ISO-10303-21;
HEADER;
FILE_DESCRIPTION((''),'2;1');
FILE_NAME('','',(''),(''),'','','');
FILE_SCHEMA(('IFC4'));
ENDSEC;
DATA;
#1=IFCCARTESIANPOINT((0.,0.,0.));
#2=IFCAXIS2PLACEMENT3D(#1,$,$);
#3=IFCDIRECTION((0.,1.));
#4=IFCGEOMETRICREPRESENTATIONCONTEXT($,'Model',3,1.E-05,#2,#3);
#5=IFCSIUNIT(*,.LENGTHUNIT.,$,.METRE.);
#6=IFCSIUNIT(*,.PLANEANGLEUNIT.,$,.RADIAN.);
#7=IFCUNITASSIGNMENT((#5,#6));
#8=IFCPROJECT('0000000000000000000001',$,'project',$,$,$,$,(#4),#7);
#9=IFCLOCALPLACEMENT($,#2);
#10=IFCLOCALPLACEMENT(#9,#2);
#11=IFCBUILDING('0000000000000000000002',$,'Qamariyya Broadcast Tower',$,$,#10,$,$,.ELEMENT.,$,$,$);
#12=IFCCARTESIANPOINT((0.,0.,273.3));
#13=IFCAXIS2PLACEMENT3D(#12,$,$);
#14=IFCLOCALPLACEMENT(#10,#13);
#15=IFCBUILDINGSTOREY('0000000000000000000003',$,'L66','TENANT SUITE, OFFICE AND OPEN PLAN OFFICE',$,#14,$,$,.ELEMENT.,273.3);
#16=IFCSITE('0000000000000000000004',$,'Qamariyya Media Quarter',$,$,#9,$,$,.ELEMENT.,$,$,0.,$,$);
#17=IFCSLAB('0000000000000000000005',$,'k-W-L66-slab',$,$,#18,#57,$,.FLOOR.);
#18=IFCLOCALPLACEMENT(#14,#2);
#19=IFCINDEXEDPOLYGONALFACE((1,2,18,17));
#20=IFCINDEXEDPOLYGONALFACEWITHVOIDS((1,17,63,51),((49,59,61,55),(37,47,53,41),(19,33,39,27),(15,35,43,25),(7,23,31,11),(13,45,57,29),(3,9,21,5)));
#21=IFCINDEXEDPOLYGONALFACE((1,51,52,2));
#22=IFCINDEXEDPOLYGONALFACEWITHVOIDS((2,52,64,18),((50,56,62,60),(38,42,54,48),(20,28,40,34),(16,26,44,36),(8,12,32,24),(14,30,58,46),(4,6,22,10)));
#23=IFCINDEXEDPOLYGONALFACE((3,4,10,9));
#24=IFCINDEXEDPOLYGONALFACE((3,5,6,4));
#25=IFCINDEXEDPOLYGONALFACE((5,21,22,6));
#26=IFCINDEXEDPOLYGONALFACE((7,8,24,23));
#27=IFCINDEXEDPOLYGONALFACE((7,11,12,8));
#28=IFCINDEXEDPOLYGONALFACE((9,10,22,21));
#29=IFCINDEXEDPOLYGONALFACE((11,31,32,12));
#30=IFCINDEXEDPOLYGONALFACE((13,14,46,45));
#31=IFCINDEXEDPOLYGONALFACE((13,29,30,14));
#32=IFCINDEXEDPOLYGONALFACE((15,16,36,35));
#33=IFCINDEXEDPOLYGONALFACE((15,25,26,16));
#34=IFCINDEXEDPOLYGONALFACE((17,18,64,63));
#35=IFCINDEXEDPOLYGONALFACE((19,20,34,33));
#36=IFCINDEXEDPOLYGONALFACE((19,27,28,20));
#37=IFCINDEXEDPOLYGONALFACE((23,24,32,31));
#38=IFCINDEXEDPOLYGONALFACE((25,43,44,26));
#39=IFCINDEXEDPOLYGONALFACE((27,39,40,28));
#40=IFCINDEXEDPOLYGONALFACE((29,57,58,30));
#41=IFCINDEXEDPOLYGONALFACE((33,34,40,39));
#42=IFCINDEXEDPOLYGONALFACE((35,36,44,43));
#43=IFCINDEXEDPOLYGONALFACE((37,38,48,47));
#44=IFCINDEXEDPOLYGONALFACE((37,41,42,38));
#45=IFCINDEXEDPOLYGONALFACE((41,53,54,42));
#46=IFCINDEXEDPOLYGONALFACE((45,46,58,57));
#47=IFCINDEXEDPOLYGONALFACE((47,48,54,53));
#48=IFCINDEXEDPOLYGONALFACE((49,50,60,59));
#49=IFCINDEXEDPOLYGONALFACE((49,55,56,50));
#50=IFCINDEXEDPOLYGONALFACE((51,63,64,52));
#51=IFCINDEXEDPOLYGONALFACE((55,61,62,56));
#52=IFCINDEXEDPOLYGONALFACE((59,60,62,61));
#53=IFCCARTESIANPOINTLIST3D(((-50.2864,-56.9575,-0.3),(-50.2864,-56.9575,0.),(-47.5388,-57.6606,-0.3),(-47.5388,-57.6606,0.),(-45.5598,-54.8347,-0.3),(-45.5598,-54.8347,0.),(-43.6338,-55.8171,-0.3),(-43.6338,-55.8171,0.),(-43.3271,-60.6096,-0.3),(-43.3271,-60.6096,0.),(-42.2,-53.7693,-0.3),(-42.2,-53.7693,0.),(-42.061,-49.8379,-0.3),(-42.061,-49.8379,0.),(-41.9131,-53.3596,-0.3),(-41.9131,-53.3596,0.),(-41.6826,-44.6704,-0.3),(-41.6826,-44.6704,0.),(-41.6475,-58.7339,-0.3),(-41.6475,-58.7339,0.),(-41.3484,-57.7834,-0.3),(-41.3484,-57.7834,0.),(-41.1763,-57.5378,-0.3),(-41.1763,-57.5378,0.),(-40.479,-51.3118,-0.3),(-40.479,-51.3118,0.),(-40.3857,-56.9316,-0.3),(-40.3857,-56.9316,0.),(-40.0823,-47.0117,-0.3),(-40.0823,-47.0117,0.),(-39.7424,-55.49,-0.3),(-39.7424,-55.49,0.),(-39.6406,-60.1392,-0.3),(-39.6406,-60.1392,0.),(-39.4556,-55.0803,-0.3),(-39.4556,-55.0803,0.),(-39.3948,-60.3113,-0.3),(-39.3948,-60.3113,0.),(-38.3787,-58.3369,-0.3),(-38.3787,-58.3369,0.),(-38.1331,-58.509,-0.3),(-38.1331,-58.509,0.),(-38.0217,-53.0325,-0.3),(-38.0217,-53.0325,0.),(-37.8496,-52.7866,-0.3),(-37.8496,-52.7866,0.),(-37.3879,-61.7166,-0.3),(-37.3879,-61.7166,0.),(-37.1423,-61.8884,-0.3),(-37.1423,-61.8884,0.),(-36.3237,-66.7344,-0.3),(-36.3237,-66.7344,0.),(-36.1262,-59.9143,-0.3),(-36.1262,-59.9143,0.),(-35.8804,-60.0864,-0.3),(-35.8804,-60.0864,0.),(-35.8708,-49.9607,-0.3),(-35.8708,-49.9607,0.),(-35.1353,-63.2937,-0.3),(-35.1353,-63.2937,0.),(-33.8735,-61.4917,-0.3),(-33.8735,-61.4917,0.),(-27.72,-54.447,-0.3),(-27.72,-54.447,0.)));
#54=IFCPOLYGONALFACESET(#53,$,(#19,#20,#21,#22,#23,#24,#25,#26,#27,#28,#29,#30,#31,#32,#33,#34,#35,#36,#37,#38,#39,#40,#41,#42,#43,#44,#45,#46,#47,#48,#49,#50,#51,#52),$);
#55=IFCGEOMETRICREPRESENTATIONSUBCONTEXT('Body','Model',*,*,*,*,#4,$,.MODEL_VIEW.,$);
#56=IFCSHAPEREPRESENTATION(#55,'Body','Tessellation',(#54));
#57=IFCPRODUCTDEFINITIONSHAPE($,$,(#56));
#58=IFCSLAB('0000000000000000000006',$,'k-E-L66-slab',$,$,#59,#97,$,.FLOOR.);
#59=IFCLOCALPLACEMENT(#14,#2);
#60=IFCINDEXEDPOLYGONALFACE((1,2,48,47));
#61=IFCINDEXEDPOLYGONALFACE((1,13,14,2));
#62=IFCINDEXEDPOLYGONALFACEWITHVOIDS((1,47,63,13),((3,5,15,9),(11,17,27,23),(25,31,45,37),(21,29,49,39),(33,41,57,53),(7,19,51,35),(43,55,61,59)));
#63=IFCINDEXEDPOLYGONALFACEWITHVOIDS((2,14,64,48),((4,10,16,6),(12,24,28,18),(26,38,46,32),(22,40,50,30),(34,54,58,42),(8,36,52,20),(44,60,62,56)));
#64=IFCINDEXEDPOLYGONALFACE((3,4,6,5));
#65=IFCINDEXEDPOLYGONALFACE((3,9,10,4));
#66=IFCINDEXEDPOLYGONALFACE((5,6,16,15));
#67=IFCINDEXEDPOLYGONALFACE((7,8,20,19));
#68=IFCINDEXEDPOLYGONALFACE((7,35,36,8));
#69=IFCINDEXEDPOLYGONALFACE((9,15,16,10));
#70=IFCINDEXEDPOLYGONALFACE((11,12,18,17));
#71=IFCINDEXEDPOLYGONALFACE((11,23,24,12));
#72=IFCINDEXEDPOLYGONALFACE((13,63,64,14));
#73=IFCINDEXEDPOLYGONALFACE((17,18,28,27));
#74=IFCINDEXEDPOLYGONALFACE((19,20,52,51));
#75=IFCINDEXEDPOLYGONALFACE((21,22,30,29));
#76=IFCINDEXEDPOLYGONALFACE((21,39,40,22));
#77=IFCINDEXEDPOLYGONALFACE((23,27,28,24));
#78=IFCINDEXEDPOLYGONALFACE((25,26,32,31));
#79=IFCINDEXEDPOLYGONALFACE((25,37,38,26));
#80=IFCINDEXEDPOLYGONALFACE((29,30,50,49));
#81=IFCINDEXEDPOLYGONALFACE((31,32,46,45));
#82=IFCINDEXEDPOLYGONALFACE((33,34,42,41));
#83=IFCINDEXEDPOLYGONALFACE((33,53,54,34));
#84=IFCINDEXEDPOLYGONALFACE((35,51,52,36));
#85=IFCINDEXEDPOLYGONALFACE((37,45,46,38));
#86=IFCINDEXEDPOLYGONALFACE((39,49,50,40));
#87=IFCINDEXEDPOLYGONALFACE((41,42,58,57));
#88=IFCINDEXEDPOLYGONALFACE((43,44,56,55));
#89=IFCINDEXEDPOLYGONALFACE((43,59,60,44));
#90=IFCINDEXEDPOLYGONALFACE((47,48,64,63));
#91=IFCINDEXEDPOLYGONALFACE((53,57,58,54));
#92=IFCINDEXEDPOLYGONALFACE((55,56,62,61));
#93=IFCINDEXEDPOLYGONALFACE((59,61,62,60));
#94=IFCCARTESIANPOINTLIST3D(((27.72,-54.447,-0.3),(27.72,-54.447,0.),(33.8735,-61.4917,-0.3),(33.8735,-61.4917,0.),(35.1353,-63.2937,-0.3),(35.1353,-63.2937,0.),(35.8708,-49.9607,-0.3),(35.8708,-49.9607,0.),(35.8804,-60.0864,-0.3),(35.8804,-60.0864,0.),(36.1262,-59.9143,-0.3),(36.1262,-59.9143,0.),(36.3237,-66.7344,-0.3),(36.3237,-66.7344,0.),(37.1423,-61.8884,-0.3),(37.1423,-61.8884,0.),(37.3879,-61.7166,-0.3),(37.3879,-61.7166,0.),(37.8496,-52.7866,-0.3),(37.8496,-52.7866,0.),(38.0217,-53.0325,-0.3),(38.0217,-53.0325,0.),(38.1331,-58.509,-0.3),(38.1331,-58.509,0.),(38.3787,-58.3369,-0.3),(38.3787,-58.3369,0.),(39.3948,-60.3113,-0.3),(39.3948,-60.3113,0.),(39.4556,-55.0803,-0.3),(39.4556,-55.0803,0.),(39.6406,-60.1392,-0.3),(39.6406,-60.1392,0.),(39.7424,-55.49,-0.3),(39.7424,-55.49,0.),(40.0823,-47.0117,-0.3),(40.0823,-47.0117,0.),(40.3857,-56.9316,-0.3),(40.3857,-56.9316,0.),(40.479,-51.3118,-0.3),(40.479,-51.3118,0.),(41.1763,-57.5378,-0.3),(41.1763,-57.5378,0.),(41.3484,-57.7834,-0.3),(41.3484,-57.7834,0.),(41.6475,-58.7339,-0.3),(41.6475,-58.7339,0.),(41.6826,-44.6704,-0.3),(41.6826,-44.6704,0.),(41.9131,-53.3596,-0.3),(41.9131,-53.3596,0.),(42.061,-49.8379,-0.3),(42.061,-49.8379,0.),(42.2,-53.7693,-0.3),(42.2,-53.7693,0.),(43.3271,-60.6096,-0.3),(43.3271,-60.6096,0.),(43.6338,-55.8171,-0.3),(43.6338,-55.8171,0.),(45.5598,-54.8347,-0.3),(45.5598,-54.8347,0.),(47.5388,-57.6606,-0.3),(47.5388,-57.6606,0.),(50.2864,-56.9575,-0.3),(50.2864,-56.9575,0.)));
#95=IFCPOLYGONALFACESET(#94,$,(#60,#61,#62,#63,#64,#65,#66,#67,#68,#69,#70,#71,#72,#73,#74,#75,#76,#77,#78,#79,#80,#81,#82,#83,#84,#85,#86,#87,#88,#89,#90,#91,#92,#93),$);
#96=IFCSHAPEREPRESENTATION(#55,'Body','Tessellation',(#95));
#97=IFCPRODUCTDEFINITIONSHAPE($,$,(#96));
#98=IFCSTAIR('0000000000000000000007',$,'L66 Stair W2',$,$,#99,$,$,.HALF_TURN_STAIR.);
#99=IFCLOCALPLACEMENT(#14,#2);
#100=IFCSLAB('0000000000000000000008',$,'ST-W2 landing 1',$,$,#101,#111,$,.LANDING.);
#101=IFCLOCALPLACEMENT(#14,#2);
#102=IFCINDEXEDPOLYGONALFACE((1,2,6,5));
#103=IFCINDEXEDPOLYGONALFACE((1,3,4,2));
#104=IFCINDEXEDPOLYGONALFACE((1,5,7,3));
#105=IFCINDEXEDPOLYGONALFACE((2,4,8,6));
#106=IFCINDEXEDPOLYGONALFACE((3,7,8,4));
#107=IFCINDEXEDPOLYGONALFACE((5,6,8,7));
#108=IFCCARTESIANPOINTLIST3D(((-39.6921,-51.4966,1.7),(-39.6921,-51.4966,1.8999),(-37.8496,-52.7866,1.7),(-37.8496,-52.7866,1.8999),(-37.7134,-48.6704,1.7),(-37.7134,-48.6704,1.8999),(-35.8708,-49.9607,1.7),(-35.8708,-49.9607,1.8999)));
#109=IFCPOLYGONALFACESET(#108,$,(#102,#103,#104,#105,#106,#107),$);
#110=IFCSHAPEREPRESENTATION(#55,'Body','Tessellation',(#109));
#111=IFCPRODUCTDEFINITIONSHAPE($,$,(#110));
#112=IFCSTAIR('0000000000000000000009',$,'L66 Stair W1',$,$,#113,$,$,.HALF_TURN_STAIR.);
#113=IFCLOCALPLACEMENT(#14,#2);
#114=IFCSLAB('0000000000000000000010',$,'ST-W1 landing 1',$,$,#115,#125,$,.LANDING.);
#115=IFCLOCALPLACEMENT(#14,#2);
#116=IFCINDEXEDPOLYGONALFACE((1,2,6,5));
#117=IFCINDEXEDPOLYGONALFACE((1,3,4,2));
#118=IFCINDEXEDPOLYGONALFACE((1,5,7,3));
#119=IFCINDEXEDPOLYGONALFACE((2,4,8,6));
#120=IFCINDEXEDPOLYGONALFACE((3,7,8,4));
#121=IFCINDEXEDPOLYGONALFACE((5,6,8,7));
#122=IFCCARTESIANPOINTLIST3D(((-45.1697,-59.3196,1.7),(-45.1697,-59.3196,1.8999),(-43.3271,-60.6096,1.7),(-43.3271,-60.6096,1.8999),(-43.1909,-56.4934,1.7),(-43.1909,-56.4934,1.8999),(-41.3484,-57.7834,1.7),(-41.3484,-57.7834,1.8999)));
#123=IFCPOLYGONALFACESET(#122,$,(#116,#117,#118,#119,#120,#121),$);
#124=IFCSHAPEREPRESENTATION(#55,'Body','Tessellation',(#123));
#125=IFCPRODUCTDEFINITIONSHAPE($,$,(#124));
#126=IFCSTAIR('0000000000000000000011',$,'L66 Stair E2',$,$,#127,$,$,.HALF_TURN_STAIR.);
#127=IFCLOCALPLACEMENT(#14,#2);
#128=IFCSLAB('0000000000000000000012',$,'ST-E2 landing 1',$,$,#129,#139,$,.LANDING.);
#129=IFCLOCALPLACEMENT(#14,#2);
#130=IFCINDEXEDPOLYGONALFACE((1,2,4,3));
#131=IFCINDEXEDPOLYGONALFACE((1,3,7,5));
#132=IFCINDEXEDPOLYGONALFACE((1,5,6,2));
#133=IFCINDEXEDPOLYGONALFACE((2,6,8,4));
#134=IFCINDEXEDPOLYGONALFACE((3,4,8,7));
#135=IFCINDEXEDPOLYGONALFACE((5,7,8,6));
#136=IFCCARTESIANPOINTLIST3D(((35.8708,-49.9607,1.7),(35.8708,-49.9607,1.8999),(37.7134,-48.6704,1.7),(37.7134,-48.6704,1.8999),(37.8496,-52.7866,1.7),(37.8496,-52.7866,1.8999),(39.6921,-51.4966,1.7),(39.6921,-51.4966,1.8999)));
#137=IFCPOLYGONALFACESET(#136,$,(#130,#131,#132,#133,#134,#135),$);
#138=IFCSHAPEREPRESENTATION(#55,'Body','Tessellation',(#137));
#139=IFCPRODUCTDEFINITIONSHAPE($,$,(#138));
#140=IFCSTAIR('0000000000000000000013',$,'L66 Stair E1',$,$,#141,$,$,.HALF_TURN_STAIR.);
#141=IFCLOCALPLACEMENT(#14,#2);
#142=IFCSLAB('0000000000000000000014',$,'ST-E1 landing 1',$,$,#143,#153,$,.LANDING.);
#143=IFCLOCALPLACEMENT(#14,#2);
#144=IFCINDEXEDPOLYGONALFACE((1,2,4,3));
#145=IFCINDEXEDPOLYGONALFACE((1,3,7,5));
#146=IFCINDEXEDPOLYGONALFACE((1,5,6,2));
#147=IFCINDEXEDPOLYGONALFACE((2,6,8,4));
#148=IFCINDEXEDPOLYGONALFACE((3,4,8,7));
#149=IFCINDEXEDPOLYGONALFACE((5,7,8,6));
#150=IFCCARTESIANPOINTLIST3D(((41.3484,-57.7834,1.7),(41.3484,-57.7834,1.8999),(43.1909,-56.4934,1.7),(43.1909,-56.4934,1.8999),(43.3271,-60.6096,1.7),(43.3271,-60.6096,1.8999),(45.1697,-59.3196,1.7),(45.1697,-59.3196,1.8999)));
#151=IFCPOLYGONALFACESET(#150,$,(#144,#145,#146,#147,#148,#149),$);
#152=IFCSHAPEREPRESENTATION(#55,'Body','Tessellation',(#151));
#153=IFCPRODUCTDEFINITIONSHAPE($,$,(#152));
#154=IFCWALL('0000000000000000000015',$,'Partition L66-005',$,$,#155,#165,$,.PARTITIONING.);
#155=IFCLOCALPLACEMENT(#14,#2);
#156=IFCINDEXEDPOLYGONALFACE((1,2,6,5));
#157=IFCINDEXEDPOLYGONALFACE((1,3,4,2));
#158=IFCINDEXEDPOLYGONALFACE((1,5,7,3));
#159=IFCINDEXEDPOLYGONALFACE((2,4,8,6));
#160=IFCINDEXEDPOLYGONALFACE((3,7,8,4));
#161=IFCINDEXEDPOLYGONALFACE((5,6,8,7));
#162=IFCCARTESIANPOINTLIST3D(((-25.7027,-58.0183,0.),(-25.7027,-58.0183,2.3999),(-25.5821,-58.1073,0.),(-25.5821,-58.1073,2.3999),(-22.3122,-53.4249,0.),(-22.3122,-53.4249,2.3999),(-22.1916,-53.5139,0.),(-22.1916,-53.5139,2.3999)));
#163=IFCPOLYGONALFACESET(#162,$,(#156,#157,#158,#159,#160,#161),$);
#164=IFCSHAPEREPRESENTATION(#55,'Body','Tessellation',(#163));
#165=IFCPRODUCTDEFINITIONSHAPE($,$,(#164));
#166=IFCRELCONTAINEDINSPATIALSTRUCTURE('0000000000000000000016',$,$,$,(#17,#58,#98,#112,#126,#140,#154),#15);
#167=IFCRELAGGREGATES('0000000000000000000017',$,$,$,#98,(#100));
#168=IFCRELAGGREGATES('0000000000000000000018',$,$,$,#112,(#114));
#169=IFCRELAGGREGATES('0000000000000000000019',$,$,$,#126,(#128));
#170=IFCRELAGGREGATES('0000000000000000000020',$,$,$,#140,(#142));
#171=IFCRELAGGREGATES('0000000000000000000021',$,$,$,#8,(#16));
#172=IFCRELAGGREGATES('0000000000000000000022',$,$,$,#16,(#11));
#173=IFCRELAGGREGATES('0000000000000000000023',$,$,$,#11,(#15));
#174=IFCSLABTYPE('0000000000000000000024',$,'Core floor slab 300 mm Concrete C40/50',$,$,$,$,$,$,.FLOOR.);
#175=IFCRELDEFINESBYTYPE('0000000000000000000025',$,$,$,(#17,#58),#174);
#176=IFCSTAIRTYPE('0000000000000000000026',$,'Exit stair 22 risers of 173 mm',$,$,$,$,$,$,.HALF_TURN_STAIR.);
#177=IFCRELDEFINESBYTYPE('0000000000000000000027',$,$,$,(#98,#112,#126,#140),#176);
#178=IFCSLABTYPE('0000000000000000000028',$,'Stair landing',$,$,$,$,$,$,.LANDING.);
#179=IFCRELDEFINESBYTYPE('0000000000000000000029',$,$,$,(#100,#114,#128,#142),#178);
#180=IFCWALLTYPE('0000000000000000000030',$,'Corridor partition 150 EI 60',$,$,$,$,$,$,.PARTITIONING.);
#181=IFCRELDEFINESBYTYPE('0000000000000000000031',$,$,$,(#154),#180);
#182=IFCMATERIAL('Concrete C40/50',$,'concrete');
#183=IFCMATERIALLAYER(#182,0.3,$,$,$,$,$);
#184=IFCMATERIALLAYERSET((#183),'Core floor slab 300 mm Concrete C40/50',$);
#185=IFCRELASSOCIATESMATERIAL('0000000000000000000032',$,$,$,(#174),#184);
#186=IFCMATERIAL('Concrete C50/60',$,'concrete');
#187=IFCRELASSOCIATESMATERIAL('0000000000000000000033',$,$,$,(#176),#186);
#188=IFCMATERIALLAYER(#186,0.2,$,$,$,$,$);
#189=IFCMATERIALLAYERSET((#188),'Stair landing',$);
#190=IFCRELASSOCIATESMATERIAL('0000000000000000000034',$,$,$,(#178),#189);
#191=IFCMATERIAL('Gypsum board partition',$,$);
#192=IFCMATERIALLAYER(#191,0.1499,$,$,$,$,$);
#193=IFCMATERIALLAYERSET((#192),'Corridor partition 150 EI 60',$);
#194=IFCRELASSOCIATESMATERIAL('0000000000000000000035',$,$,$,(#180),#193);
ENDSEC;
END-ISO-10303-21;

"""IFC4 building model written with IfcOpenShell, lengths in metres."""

from ifc_helpers import new_model, si_unit, direction, frame, frame_2d, origin, place, context, subcontext, project, spatial, polyline, rectangle, outline, extrude, material, layer, layer_set, type_object, element, aggregate, save


model = new_model("IFC4")

# Units and contexts
model_context = context("Model", 3, precision=1e-05, world=origin(), true_north=direction((0.0, 1.0)))
body_context = subcontext(model_context, "Body", "Model", "MODEL_VIEW")
ifc_project = project(units=[si_unit("LENGTHUNIT", "METRE"), si_unit("PLANEANGLEUNIT", "RADIAN")], contexts=[model_context])

# Site, building, storey
site_placement = place(None, origin())
site = spatial("IfcSite", under=ifc_project, at=site_placement, Name="Qamariyya Media Quarter", CompositionType="ELEMENT", RefElevation=0.0)
building_placement = place(site_placement, origin())
building = spatial("IfcBuilding", under=site, at=building_placement, Name="Qamariyya Broadcast Tower", CompositionType="ELEMENT")
storey_placement = place(building_placement, frame((0.0, 0.0, 273.3)))
storey = spatial("IfcBuildingStorey", under=building, at=storey_placement, Name="L66", Description="TENANT SUITE, OFFICE AND OPEN PLAN OFFICE", CompositionType="ELEMENT", Elevation=273.3)

# Shared definitions
ifc_material_1 = material(Name="Concrete C50/60", Category="concrete")

# Shared definitions
ifc_material_2 = material(Name="Concrete C40/50", Category="concrete")

# Slabs
ifc_layer_1 = layer(ifc_material_2, 0.3)
ifc_layer_set_1 = layer_set([ifc_layer_1], Name="Core floor slab 300 mm Concrete C40/50")
slab_type_1 = type_object("IfcSlabType", Name="Core floor slab 300 mm Concrete C40/50", PredefinedType="FLOOR", material=ifc_layer_set_1)
slab_1_placement = place(storey_placement, frame((0.0, 0.0, -0.3)))
element("IfcSlab", 1, at=slab_1_placement, inside=storey, type_object=slab_type_1, Name="k-W-L66-slab", PredefinedType="FLOOR", context=body_context, shape_type="SweptSolid", body=[
    extrude(outline(polyline([(-50.2864, -56.9575), (-36.3237, -66.7344), (-27.72, -54.447), (-41.6826, -44.6704), (-50.2864, -56.9575)]), holes=[polyline([(-33.8735, -61.4917), (-35.8804, -60.0864), (-37.1423, -61.8884), (-35.1353, -63.2937), (-33.8735, -61.4917)]), polyline([(-36.1262, -59.9143), (-38.1331, -58.509), (-39.3948, -60.3113), (-37.3879, -61.7166), (-36.1262, -59.9143)]), polyline([(-38.3787, -58.3369), (-40.3857, -56.9316), (-41.6475, -58.7339), (-39.6406, -60.1392), (-38.3787, -58.3369)]), polyline([(-39.7424, -55.49), (-42.2, -53.7693), (-43.6338, -55.8171), (-41.1763, -57.5378), (-39.7424, -55.49)]), polyline([(-39.4556, -55.0803), (-41.9131, -53.3596), (-40.479, -51.3118), (-38.0217, -53.0325), (-39.4556, -55.0803)]), polyline([(-42.061, -49.8379), (-37.8496, -52.7866), (-35.8708, -49.9607), (-40.0823, -47.0117), (-42.061, -49.8379)]), polyline([(-47.5388, -57.6606), (-43.3271, -60.6096), (-41.3484, -57.7834), (-45.5598, -54.8347), (-47.5388, -57.6606)])]), origin(), (0.0, 0.0, 1.0), 0.3),
])
slab_2_placement = place(storey_placement, frame((0.0, 0.0, -0.3)))
element("IfcSlab", 2, at=slab_2_placement, inside=storey, type_object=slab_type_1, Name="k-E-L66-slab", PredefinedType="FLOOR", context=body_context, shape_type="SweptSolid", body=[
    extrude(outline(polyline([(36.3237, -66.7344), (50.2864, -56.9575), (41.6826, -44.6704), (27.72, -54.447), (36.3237, -66.7344)]), holes=[polyline([(33.8735, -61.4917), (35.8804, -60.0864), (37.1423, -61.8884), (35.1353, -63.2937), (33.8735, -61.4917)]), polyline([(36.1262, -59.9143), (38.1331, -58.509), (39.3948, -60.3113), (37.3879, -61.7166), (36.1262, -59.9143)]), polyline([(38.3787, -58.3369), (40.3857, -56.9316), (41.6475, -58.7339), (39.6406, -60.1392), (38.3787, -58.3369)]), polyline([(39.7424, -55.49), (42.2, -53.7693), (43.6338, -55.8171), (41.1763, -57.5378), (39.7424, -55.49)]), polyline([(39.4556, -55.0803), (41.9131, -53.3596), (40.479, -51.3118), (38.0217, -53.0325), (39.4556, -55.0803)]), polyline([(40.0823, -47.0117), (35.8708, -49.9607), (37.8496, -52.7866), (42.061, -49.8379), (40.0823, -47.0117)]), polyline([(45.5598, -54.8347), (41.3484, -57.7834), (43.3271, -60.6096), (47.5388, -57.6606), (45.5598, -54.8347)])]), origin(), (0.0, 0.0, 1.0), 0.3),
])

# Stairs, slabs
stair_type = type_object("IfcStairType", Name="Exit stair 22 risers of 173 mm", PredefinedType="HALF_TURN_STAIR", material=ifc_material_1)
stair_1_placement = place(storey_placement, origin())
stair_1 = element("IfcStair", 3, at=stair_1_placement, inside=storey, type_object=stair_type, Name="L66 Stair W2", PredefinedType="HALF_TURN_STAIR")
ifc_layer_2 = layer(ifc_material_1, 0.2)
ifc_layer_set_2 = layer_set([ifc_layer_2], Name="Stair landing")
slab_type_2 = type_object("IfcSlabType", Name="Stair landing", PredefinedType="LANDING", material=ifc_layer_set_2)
slab_3_placement = place(storey_placement, frame((0.0, 0.0, 1.7)))
slab_3 = element("IfcSlab", 4, at=slab_3_placement, type_object=slab_type_2, Name="ST-W2 landing 1", PredefinedType="LANDING", context=body_context, shape_type="SweptSolid", body=[
    extrude(outline(polyline([(-39.6921, -51.4966), (-37.8496, -52.7866), (-35.8708, -49.9607), (-37.7134, -48.6704), (-39.6921, -51.4966)])), origin(), (0.0, 0.0, 1.0), 0.2),
])
aggregate(stair_1, [slab_3])
stair_2_placement = place(storey_placement, origin())
stair_2 = element("IfcStair", 5, at=stair_2_placement, inside=storey, type_object=stair_type, Name="L66 Stair W1", PredefinedType="HALF_TURN_STAIR")
slab_4_placement = place(storey_placement, frame((0.0, 0.0, 1.7)))
slab_4 = element("IfcSlab", 6, at=slab_4_placement, type_object=slab_type_2, Name="ST-W1 landing 1", PredefinedType="LANDING", context=body_context, shape_type="SweptSolid", body=[
    extrude(outline(polyline([(-45.1697, -59.3196), (-43.3271, -60.6096), (-41.3484, -57.7834), (-43.1909, -56.4934), (-45.1697, -59.3196)])), origin(), (0.0, 0.0, 1.0), 0.2),
])
aggregate(stair_2, [slab_4])
stair_3_placement = place(storey_placement, origin())
stair_3 = element("IfcStair", 7, at=stair_3_placement, inside=storey, type_object=stair_type, Name="L66 Stair E2", PredefinedType="HALF_TURN_STAIR")
slab_5_placement = place(storey_placement, frame((0.0, 0.0, 1.7)))
slab_5 = element("IfcSlab", 8, at=slab_5_placement, type_object=slab_type_2, Name="ST-E2 landing 1", PredefinedType="LANDING", context=body_context, shape_type="SweptSolid", body=[
    extrude(outline(polyline([(37.7134, -48.6704), (35.8708, -49.9607), (37.8496, -52.7866), (39.6921, -51.4966), (37.7134, -48.6704)])), origin(), (0.0, 0.0, 1.0), 0.2),
])
aggregate(stair_3, [slab_5])
stair_4_placement = place(storey_placement, origin())
stair_4 = element("IfcStair", 9, at=stair_4_placement, inside=storey, type_object=stair_type, Name="L66 Stair E1", PredefinedType="HALF_TURN_STAIR")
slab_6_placement = place(storey_placement, frame((0.0, 0.0, 1.7)))
slab_6 = element("IfcSlab", 10, at=slab_6_placement, type_object=slab_type_2, Name="ST-E1 landing 1", PredefinedType="LANDING", context=body_context, shape_type="SweptSolid", body=[
    extrude(outline(polyline([(43.1909, -56.4934), (41.3484, -57.7834), (43.3271, -60.6096), (45.1697, -59.3196), (43.1909, -56.4934)])), origin(), (0.0, 0.0, 1.0), 0.2),
])
aggregate(stair_4, [slab_6])

# Wall
ifc_material_3 = material(Name="Gypsum board partition")
ifc_layer_3 = layer(ifc_material_3, 0.1499)
ifc_layer_set_3 = layer_set([ifc_layer_3], Name="Corridor partition 150 EI 60")
wall_type_1 = type_object("IfcWallType", Name="Corridor partition 150 EI 60", PredefinedType="PARTITIONING", material=ifc_layer_set_3)
wall_1_placement = place(storey_placement, frame((-22.252, -53.4695, 0.0), z_axis=(0.0, 0.0, 1.0), x_axis=(-0.593873, -0.804559, 0.0)))
element("IfcWall", 11, at=wall_1_placement, inside=storey, type_object=wall_type_1, Name="Partition L66-005", PredefinedType="PARTITIONING", context=body_context, shape_type="SweptSolid", body=[
    extrude(rectangle(XDim=5.7092, YDim=0.1499, at=frame_2d((2.8545, 0.0))), origin(), (0.0, 0.0, 1.0), 2.3999),
])

save(model, "model.ifc")
